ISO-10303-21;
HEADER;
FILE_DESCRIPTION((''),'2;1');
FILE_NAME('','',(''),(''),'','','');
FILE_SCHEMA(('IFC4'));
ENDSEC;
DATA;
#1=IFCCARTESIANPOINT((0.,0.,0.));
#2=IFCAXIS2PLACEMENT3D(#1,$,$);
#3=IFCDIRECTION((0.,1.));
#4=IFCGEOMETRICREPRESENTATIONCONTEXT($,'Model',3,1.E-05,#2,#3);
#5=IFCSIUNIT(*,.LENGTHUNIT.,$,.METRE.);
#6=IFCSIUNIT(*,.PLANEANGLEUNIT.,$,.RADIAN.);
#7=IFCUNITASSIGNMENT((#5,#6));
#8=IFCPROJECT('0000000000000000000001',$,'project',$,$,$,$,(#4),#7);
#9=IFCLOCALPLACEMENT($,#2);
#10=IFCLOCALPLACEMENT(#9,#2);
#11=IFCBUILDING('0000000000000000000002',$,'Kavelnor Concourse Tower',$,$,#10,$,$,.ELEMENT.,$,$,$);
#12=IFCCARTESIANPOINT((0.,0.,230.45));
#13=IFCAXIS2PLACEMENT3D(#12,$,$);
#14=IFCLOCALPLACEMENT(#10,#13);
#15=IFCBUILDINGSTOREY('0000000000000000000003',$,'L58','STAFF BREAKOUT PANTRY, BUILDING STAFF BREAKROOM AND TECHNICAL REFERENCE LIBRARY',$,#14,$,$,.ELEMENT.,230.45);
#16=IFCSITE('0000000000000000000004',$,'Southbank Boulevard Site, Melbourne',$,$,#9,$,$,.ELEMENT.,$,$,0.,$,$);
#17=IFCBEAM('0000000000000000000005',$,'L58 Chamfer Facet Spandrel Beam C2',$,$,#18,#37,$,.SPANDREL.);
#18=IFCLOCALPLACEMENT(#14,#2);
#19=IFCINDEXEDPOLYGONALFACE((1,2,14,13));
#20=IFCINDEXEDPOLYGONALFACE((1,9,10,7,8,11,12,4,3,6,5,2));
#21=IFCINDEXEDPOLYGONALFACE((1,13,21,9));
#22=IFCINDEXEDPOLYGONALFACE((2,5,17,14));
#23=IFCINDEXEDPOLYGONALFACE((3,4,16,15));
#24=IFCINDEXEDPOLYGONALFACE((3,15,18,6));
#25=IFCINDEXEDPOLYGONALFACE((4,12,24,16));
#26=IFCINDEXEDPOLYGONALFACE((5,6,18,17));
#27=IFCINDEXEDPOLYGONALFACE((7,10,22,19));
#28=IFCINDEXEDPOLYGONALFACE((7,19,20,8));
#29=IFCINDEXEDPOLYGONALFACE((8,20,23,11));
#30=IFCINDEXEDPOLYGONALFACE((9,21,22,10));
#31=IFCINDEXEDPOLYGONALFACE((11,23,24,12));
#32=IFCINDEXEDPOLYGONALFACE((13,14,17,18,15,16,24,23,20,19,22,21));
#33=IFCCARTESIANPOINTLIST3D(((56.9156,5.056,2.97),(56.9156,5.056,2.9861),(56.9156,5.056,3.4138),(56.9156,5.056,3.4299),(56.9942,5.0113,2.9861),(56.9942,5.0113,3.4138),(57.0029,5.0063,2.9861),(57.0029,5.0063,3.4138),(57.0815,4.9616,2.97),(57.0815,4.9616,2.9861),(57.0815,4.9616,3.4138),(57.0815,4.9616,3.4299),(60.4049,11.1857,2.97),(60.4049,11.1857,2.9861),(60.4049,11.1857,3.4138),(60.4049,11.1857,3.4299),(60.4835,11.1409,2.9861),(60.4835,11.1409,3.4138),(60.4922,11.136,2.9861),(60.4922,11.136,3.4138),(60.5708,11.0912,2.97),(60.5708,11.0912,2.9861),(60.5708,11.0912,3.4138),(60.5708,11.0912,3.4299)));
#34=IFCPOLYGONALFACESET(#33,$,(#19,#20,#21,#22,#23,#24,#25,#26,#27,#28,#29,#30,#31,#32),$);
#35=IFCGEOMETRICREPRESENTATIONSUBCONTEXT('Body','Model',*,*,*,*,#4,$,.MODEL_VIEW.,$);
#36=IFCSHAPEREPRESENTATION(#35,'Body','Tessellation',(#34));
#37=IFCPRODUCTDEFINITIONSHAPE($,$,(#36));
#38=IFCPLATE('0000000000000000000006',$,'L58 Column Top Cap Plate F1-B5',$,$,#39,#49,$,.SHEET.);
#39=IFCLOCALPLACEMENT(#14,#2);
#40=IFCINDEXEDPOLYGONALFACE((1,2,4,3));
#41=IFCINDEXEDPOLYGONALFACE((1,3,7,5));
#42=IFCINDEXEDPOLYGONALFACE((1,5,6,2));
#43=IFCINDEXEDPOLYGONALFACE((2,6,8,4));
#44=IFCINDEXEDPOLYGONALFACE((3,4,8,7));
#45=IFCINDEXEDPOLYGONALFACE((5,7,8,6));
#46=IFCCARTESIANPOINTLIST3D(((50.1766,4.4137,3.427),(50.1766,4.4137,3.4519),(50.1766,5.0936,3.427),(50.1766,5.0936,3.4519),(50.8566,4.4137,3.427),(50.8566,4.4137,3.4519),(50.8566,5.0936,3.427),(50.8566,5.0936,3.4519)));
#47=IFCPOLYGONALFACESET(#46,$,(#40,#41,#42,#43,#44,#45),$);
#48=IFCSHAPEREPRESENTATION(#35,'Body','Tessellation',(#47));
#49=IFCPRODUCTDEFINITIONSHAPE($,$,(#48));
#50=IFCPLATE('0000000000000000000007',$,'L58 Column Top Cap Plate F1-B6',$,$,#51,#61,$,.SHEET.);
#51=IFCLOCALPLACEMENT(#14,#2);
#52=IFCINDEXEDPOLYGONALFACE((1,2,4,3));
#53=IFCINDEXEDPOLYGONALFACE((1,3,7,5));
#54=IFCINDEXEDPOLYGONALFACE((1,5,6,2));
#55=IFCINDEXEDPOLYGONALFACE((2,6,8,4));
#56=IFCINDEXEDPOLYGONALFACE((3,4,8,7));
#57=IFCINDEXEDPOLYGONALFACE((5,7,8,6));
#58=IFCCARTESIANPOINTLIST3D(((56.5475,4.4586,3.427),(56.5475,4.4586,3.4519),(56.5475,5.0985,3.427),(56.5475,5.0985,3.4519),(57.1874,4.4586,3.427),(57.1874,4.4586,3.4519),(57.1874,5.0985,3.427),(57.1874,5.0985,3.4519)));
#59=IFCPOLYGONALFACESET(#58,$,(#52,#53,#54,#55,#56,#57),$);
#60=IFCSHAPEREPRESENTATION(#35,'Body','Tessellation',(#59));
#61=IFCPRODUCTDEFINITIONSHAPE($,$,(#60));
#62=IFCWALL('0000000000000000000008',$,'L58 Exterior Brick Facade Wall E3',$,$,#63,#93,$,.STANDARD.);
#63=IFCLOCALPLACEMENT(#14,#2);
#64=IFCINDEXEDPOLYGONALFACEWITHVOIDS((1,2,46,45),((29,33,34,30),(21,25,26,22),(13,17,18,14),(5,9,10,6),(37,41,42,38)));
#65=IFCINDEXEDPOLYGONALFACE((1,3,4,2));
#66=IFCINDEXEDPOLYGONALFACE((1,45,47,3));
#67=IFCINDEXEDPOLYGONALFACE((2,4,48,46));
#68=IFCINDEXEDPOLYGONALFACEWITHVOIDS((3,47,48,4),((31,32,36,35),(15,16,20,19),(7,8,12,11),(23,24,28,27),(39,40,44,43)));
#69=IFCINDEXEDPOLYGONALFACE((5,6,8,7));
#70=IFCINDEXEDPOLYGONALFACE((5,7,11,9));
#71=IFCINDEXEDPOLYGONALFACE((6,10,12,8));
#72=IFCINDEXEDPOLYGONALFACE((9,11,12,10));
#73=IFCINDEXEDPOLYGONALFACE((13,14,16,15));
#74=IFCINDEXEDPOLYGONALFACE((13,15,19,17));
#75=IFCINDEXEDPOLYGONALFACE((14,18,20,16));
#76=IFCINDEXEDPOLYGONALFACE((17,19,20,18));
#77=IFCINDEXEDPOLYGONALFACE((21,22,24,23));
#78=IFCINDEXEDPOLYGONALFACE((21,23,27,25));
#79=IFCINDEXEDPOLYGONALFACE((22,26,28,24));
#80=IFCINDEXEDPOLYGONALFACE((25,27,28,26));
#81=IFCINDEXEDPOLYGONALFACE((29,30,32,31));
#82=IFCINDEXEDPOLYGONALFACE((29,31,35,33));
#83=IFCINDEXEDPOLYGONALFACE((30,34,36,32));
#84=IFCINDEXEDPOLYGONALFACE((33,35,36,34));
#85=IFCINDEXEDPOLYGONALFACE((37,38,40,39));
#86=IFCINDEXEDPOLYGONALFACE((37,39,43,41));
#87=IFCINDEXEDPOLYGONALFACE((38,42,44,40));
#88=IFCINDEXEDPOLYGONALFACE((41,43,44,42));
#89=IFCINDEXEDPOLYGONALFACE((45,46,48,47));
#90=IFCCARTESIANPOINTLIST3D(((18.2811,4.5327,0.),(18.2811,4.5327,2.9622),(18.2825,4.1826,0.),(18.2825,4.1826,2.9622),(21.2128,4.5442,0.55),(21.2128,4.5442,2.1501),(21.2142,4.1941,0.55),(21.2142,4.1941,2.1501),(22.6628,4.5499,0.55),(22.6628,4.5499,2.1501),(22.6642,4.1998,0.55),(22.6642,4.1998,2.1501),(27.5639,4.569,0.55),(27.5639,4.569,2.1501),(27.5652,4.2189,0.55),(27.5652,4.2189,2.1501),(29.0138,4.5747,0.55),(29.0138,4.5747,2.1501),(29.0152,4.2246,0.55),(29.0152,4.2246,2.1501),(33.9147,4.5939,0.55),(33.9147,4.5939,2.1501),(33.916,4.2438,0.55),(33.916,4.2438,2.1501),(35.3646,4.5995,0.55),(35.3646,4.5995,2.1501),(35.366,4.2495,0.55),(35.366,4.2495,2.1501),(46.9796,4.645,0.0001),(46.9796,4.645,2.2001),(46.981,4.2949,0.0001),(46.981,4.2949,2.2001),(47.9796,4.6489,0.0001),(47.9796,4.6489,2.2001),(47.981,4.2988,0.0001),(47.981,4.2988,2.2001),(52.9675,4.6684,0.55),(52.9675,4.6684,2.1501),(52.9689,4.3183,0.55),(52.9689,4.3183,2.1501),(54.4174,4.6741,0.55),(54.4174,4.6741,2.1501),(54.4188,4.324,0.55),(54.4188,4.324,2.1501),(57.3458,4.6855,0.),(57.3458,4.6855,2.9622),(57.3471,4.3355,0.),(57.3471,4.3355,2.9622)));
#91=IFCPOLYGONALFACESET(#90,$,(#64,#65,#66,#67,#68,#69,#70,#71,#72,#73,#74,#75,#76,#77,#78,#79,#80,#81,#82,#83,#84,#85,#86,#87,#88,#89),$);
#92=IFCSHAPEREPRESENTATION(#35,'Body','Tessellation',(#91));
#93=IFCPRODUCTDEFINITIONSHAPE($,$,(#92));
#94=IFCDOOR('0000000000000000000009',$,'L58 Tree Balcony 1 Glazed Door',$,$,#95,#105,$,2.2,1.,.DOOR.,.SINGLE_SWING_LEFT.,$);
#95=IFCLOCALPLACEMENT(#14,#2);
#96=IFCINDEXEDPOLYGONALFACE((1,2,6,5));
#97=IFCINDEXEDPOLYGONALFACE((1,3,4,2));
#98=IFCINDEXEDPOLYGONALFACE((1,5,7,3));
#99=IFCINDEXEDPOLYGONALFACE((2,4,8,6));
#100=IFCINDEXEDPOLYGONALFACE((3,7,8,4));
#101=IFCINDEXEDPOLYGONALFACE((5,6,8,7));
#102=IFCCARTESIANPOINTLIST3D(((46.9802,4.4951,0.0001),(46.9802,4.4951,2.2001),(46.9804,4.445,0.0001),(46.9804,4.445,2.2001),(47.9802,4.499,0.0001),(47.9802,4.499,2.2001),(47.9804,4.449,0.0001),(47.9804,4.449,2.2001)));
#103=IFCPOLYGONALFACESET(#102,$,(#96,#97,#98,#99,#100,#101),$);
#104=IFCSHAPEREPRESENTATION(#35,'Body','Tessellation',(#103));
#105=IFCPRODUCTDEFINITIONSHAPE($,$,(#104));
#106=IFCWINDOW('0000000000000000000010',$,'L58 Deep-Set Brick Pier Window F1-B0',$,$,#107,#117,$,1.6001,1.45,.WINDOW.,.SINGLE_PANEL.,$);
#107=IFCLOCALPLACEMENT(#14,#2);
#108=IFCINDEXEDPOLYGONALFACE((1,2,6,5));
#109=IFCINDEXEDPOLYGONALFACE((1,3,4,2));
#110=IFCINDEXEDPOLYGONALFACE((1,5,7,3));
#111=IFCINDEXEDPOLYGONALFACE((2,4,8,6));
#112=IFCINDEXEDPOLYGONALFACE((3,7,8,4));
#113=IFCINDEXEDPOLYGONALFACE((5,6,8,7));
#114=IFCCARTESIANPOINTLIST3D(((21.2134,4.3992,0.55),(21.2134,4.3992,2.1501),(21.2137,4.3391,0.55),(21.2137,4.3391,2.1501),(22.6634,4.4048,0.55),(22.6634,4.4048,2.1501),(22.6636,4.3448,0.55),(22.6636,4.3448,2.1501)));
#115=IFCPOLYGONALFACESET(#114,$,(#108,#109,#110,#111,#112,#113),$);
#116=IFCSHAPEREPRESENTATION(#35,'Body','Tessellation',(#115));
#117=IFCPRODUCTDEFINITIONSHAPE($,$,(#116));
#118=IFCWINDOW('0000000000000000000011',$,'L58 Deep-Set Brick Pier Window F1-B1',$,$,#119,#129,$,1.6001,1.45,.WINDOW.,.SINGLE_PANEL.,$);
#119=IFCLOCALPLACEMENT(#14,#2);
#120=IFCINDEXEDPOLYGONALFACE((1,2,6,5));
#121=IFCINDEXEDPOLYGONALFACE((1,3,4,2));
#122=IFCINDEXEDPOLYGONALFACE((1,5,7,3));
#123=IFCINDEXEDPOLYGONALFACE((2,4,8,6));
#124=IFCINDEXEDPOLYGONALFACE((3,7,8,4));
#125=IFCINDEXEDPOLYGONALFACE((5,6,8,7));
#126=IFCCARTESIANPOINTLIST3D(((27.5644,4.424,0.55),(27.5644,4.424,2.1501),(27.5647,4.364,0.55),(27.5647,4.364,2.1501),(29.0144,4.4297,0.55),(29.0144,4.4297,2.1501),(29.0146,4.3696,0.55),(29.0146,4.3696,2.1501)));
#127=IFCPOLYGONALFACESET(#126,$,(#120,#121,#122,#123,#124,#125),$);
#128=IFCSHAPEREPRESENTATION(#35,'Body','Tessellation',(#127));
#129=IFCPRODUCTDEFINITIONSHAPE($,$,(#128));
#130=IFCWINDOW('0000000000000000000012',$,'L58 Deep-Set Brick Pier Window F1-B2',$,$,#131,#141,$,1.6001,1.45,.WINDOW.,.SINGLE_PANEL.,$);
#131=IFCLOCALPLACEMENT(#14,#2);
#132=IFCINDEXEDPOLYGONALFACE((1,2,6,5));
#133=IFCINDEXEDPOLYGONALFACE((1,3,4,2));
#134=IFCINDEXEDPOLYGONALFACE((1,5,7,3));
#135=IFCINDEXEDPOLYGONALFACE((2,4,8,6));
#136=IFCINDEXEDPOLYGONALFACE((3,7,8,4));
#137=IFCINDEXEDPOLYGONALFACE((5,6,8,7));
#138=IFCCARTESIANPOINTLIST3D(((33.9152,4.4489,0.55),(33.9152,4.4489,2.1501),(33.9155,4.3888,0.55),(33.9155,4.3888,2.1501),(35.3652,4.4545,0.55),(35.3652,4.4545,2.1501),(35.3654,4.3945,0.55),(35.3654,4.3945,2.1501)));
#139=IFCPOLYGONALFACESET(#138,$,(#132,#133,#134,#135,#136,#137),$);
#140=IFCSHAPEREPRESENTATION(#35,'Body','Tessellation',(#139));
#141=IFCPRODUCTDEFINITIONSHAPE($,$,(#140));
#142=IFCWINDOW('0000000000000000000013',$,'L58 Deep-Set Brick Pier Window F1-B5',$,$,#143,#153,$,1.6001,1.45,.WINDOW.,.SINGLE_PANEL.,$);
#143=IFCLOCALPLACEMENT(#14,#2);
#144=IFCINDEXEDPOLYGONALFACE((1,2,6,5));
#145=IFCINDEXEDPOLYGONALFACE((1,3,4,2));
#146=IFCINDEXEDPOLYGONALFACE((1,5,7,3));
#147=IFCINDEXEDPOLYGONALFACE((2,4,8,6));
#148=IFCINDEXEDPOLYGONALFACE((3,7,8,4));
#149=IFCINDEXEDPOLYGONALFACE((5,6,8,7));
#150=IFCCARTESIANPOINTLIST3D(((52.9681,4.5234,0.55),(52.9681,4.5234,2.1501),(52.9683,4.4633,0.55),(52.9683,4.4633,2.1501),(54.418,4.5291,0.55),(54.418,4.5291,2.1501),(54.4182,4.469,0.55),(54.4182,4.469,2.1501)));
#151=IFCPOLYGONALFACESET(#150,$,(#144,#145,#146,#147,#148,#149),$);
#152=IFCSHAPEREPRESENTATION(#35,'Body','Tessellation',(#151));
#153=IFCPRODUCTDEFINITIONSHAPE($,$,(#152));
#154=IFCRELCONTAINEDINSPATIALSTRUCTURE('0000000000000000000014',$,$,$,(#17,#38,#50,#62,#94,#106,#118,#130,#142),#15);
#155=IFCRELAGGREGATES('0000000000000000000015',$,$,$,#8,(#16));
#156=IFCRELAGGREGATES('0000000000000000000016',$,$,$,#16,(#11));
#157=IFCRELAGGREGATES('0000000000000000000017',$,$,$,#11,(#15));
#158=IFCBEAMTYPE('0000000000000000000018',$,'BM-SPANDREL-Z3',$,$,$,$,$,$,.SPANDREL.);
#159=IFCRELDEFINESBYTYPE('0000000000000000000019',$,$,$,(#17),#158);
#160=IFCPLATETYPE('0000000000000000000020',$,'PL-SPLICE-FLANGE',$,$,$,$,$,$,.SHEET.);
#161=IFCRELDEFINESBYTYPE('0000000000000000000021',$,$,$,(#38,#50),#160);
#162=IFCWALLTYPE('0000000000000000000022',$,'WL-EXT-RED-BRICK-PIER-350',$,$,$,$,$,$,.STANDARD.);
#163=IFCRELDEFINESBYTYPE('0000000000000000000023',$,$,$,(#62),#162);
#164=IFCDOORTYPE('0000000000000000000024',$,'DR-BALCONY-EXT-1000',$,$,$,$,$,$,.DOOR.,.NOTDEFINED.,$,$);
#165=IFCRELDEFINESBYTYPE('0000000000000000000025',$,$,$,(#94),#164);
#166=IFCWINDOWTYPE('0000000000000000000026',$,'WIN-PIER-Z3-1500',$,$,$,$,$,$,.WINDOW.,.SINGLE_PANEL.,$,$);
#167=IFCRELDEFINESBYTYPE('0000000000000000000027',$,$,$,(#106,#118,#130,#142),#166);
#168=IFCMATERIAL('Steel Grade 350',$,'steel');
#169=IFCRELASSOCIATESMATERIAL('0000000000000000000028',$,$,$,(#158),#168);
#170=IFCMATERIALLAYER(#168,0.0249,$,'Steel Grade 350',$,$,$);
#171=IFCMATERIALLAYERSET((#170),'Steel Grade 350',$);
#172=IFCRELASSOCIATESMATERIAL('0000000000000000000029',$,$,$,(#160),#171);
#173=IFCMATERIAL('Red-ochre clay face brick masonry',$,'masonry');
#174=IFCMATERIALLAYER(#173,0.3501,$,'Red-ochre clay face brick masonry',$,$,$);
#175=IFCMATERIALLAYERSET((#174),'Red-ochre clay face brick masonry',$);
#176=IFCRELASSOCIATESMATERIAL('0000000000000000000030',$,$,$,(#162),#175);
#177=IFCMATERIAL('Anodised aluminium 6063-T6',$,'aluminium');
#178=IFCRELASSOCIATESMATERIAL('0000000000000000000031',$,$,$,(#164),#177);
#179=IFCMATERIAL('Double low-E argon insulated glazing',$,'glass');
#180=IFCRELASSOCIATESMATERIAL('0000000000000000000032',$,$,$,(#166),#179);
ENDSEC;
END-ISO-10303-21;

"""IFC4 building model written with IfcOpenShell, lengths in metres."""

from ifc_helpers import new_model, si_unit, direction, frame, frame_2d, origin, origin_2d, place, context, subcontext, project, spatial, rectangle, i_section, extrude, material, layer, layer_set, material_profile, profile_set, type_object, element, fill, save


model = new_model("IFC4")

# Units and contexts
model_context = context("Model", 3, precision=1e-05, world=origin(), true_north=direction((0.0, 1.0)))
body_context = subcontext(model_context, "Body", "Model", "MODEL_VIEW")
ifc_project = project(units=[si_unit("LENGTHUNIT", "METRE"), si_unit("PLANEANGLEUNIT", "RADIAN")], contexts=[model_context])

# Site, building, storey
site_placement = place(None, origin())
site = spatial("IfcSite", under=ifc_project, at=site_placement, Name="Southbank Boulevard Site, Melbourne", CompositionType="ELEMENT", RefElevation=0.0)
building_placement = place(site_placement, origin())
building = spatial("IfcBuilding", under=site, at=building_placement, Name="Kavelnor Concourse Tower", CompositionType="ELEMENT")
storey_placement = place(building_placement, frame((0.0, 0.0, 230.45)))
storey = spatial("IfcBuildingStorey", under=building, at=storey_placement, Name="L58", Description="STAFF BREAKOUT PANTRY, BUILDING STAFF BREAKROOM AND TECHNICAL REFERENCE LIBRARY", CompositionType="ELEMENT", Elevation=230.45)

# Shared definitions
ifc_material_1 = material(Name="Steel Grade 350", Category="steel")

# Beam
ifc_material_profile_1 = material_profile(ifc_material_1, i_section(OverallWidth=0.1909, OverallDepth=0.46, WebThickness=0.01, FlangeThickness=0.0161, at=origin_2d()), Name="460UB82")
ifc_profile_set_1 = profile_set([ifc_material_profile_1], Name="Steel Grade 350")
beam_type_1 = type_object("IfcBeamType", Name="BM-SPANDREL-Z3", PredefinedType="SPANDREL", material=ifc_profile_set_1)
beam_1_placement = place(storey_placement, frame((56.9985, 5.0088, 3.2), z_axis=(0.494707, 0.86906, 0.0), x_axis=(-0.86906, 0.494707, 0.0)))
element("IfcBeam", 1, at=beam_1_placement, inside=storey, type_object=beam_type_1, Name="L58 Chamfer Facet Spandrel Beam C2", PredefinedType="SPANDREL", context=body_context, shape_type="SweptSolid", body=[
    extrude(i_section(OverallWidth=0.1909, OverallDepth=0.46, WebThickness=0.01, FlangeThickness=0.0161, at=origin_2d()), origin(), (0.0, 0.0, 1.0), 7.0532),
])

# Plates
ifc_layer_1 = layer(ifc_material_1, 0.0249, Name="Steel Grade 350")
ifc_layer_set_1 = layer_set([ifc_layer_1], Name="Steel Grade 350")
plate_type = type_object("IfcPlateType", Name="PL-SPLICE-FLANGE", PredefinedType="SHEET", material=ifc_layer_set_1)
plate_1_placement = place(storey_placement, frame((50.5166, 4.7537, 3.427), z_axis=(0.0, 0.0, 1.0), x_axis=(1.0, 0.0, 0.0)))
element("IfcPlate", 2, at=plate_1_placement, inside=storey, type_object=plate_type, Name="L58 Column Top Cap Plate F1-B5", PredefinedType="SHEET", context=body_context, shape_type="SweptSolid", body=[
    extrude(rectangle(XDim=0.6799, YDim=0.6799, at=origin_2d()), origin(), (0.0, 0.0, 1.0), 0.0249),
])
plate_2_placement = place(storey_placement, frame((56.8674, 4.7786, 3.427), z_axis=(0.0, 0.0, 1.0), x_axis=(1.0, 0.0, 0.0)))
element("IfcPlate", 3, at=plate_2_placement, inside=storey, type_object=plate_type, Name="L58 Column Top Cap Plate F1-B6", PredefinedType="SHEET", context=body_context, shape_type="SweptSolid", body=[
    extrude(rectangle(XDim=0.6399, YDim=0.6399, at=origin_2d()), origin(), (0.0, 0.0, 1.0), 0.0249),
])

# Wall, openings, door, windows
ifc_material_2 = material(Name="Red-ochre clay face brick masonry", Category="masonry")
ifc_layer_2 = layer(ifc_material_2, 0.3501, Name="Red-ochre clay face brick masonry")
ifc_layer_set_2 = layer_set([ifc_layer_2], Name="Red-ochre clay face brick masonry")
wall_type_1 = type_object("IfcWallType", Name="WL-EXT-RED-BRICK-PIER-350", PredefinedType="STANDARD", material=ifc_layer_set_2)
wall_1_placement = place(storey_placement, frame((57.3464, 4.5105, 0.0), z_axis=(0.0, 0.0, 1.0), x_axis=(-0.999992, -0.003912, 0.0)))
wall_1 = element("IfcWall", 4, at=wall_1_placement, inside=storey, type_object=wall_type_1, Name="L58 Exterior Brick Facade Wall E3", PredefinedType="STANDARD", context=body_context, shape_type="SweptSolid", body=[
    extrude(rectangle(XDim=39.0649, YDim=0.3501, at=frame_2d((19.5325, 0.0))), origin(), (0.0, 0.0, 1.0), 2.9622),
])
opening_1_placement = place(wall_1_placement, frame((9.3662, 0.0, 0.0)))
opening_1 = element("IfcOpeningElement", 5, at=opening_1_placement, cuts=wall_1, PredefinedType="OPENING", context=body_context, shape_type="SweptSolid", body=[
    extrude(rectangle(XDim=1.0, YDim=2.2, at=frame_2d((0.5, 1.1001))), frame((0.0, 0.1851, 0.0), z_axis=(0.0, -1.0, 0.0), x_axis=(1.0, 0.0, 0.0)), (0.0, 0.0, 1.0), 0.3701),
])
opening_2_placement = place(wall_1_placement, frame((34.6831, 0.0, 0.55)))
opening_2 = element("IfcOpeningElement", 6, at=opening_2_placement, cuts=wall_1, PredefinedType="OPENING", context=body_context, shape_type="SweptSolid", body=[
    extrude(rectangle(XDim=1.45, YDim=1.6001, at=frame_2d((0.7251, 0.8))), frame((0.0, 0.1851, 0.0), z_axis=(0.0, -1.0, 0.0), x_axis=(1.0, 0.0, 0.0)), (0.0, 0.0, 1.0), 0.3701),
])
opening_3_placement = place(wall_1_placement, frame((28.332, 0.0, 0.55)))
opening_3 = element("IfcOpeningElement", 7, at=opening_3_placement, cuts=wall_1, PredefinedType="OPENING", context=body_context, shape_type="SweptSolid", body=[
    extrude(rectangle(XDim=1.45, YDim=1.6001, at=frame_2d((0.7251, 0.8))), frame((0.0, 0.1851, 0.0), z_axis=(0.0, -1.0, 0.0), x_axis=(1.0, 0.0, 0.0)), (0.0, 0.0, 1.0), 0.3701),
])
opening_4_placement = place(wall_1_placement, frame((21.9812, 0.0, 0.55)))
opening_4 = element("IfcOpeningElement", 8, at=opening_4_placement, cuts=wall_1, PredefinedType="OPENING", context=body_context, shape_type="SweptSolid", body=[
    extrude(rectangle(XDim=1.45, YDim=1.6001, at=frame_2d((0.7251, 0.8))), frame((0.0, 0.1851, 0.0), z_axis=(0.0, -1.0, 0.0), x_axis=(1.0, 0.0, 0.0)), (0.0, 0.0, 1.0), 0.3701),
])
opening_5_placement = place(wall_1_placement, frame((2.9282, 0.0, 0.55)))
opening_5 = element("IfcOpeningElement", 9, at=opening_5_placement, cuts=wall_1, PredefinedType="OPENING", context=body_context, shape_type="SweptSolid", body=[
    extrude(rectangle(XDim=1.45, YDim=1.6001, at=frame_2d((0.7251, 0.8))), frame((0.0, 0.1851, 0.0), z_axis=(0.0, -1.0, 0.0), x_axis=(1.0, 0.0, 0.0)), (0.0, 0.0, 1.0), 0.3701),
])
ifc_material_3 = material(Name="Anodised aluminium 6063-T6", Category="aluminium")
door_type_1 = type_object("IfcDoorType", Name="DR-BALCONY-EXT-1000", OperationType="NOTDEFINED", PredefinedType="DOOR", material=ifc_material_3)
door_1_placement = place(opening_1_placement, origin())
door_1 = element("IfcDoor", 10, at=door_1_placement, inside=storey, type_object=door_type_1, Name="L58 Tree Balcony 1 Glazed Door", OperationType="SINGLE_SWING_LEFT", OverallHeight=2.2, OverallWidth=1.0, PredefinedType="DOOR", context=body_context, shape_type="SweptSolid", body=[
    extrude(rectangle(XDim=1.0, YDim=2.2, at=frame_2d((0.5, 1.1001))), frame((0.0, 0.0249, 0.0), z_axis=(0.0, -1.0, 0.0), x_axis=(1.0, 0.0, 0.0)), (0.0, 0.0, 1.0), 0.05),
])
fill(opening_1, door_1)
ifc_material_4 = material(Name="Double low-E argon insulated glazing", Category="glass")
window_type = type_object("IfcWindowType", Name="WIN-PIER-Z3-1500", PartitioningType="SINGLE_PANEL", PredefinedType="WINDOW", material=ifc_material_4)
window_1_placement = place(opening_2_placement, origin())
window_1 = element("IfcWindow", 11, at=window_1_placement, inside=storey, type_object=window_type, Name="L58 Deep-Set Brick Pier Window F1-B0", OverallHeight=1.6001, OverallWidth=1.45, PartitioningType="SINGLE_PANEL", PredefinedType="WINDOW", context=body_context, shape_type="SweptSolid", body=[
    extrude(rectangle(XDim=1.45, YDim=1.6001, at=frame_2d((0.7251, 0.8))), frame((0.0, 0.03, 0.0), z_axis=(0.0, -1.0, 0.0), x_axis=(1.0, 0.0, 0.0)), (0.0, 0.0, 1.0), 0.0601),
])
fill(opening_2, window_1)
window_2_placement = place(opening_3_placement, origin())
window_2 = element("IfcWindow", 12, at=window_2_placement, inside=storey, type_object=window_type, Name="L58 Deep-Set Brick Pier Window F1-B1", OverallHeight=1.6001, OverallWidth=1.45, PartitioningType="SINGLE_PANEL", PredefinedType="WINDOW", context=body_context, shape_type="SweptSolid", body=[
    extrude(rectangle(XDim=1.45, YDim=1.6001, at=frame_2d((0.7251, 0.8))), frame((0.0, 0.03, 0.0), z_axis=(0.0, -1.0, 0.0), x_axis=(1.0, 0.0, 0.0)), (0.0, 0.0, 1.0), 0.0601),
])
fill(opening_3, window_2)
window_3_placement = place(opening_4_placement, origin())
window_3 = element("IfcWindow", 13, at=window_3_placement, inside=storey, type_object=window_type, Name="L58 Deep-Set Brick Pier Window F1-B2", OverallHeight=1.6001, OverallWidth=1.45, PartitioningType="SINGLE_PANEL", PredefinedType="WINDOW", context=body_context, shape_type="SweptSolid", body=[
    extrude(rectangle(XDim=1.45, YDim=1.6001, at=frame_2d((0.7251, 0.8))), frame((0.0, 0.03, 0.0), z_axis=(0.0, -1.0, 0.0), x_axis=(1.0, 0.0, 0.0)), (0.0, 0.0, 1.0), 0.0601),
])
fill(opening_4, window_3)
window_4_placement = place(opening_5_placement, origin())
window_4 = element("IfcWindow", 14, at=window_4_placement, inside=storey, type_object=window_type, Name="L58 Deep-Set Brick Pier Window F1-B5", OverallHeight=1.6001, OverallWidth=1.45, PartitioningType="SINGLE_PANEL", PredefinedType="WINDOW", context=body_context, shape_type="SweptSolid", body=[
    extrude(rectangle(XDim=1.45, YDim=1.6001, at=frame_2d((0.7251, 0.8))), frame((0.0, 0.03, 0.0), z_axis=(0.0, -1.0, 0.0), x_axis=(1.0, 0.0, 0.0)), (0.0, 0.0, 1.0), 0.0601),
])
fill(opening_5, window_4)

save(model, "model.ifc")
